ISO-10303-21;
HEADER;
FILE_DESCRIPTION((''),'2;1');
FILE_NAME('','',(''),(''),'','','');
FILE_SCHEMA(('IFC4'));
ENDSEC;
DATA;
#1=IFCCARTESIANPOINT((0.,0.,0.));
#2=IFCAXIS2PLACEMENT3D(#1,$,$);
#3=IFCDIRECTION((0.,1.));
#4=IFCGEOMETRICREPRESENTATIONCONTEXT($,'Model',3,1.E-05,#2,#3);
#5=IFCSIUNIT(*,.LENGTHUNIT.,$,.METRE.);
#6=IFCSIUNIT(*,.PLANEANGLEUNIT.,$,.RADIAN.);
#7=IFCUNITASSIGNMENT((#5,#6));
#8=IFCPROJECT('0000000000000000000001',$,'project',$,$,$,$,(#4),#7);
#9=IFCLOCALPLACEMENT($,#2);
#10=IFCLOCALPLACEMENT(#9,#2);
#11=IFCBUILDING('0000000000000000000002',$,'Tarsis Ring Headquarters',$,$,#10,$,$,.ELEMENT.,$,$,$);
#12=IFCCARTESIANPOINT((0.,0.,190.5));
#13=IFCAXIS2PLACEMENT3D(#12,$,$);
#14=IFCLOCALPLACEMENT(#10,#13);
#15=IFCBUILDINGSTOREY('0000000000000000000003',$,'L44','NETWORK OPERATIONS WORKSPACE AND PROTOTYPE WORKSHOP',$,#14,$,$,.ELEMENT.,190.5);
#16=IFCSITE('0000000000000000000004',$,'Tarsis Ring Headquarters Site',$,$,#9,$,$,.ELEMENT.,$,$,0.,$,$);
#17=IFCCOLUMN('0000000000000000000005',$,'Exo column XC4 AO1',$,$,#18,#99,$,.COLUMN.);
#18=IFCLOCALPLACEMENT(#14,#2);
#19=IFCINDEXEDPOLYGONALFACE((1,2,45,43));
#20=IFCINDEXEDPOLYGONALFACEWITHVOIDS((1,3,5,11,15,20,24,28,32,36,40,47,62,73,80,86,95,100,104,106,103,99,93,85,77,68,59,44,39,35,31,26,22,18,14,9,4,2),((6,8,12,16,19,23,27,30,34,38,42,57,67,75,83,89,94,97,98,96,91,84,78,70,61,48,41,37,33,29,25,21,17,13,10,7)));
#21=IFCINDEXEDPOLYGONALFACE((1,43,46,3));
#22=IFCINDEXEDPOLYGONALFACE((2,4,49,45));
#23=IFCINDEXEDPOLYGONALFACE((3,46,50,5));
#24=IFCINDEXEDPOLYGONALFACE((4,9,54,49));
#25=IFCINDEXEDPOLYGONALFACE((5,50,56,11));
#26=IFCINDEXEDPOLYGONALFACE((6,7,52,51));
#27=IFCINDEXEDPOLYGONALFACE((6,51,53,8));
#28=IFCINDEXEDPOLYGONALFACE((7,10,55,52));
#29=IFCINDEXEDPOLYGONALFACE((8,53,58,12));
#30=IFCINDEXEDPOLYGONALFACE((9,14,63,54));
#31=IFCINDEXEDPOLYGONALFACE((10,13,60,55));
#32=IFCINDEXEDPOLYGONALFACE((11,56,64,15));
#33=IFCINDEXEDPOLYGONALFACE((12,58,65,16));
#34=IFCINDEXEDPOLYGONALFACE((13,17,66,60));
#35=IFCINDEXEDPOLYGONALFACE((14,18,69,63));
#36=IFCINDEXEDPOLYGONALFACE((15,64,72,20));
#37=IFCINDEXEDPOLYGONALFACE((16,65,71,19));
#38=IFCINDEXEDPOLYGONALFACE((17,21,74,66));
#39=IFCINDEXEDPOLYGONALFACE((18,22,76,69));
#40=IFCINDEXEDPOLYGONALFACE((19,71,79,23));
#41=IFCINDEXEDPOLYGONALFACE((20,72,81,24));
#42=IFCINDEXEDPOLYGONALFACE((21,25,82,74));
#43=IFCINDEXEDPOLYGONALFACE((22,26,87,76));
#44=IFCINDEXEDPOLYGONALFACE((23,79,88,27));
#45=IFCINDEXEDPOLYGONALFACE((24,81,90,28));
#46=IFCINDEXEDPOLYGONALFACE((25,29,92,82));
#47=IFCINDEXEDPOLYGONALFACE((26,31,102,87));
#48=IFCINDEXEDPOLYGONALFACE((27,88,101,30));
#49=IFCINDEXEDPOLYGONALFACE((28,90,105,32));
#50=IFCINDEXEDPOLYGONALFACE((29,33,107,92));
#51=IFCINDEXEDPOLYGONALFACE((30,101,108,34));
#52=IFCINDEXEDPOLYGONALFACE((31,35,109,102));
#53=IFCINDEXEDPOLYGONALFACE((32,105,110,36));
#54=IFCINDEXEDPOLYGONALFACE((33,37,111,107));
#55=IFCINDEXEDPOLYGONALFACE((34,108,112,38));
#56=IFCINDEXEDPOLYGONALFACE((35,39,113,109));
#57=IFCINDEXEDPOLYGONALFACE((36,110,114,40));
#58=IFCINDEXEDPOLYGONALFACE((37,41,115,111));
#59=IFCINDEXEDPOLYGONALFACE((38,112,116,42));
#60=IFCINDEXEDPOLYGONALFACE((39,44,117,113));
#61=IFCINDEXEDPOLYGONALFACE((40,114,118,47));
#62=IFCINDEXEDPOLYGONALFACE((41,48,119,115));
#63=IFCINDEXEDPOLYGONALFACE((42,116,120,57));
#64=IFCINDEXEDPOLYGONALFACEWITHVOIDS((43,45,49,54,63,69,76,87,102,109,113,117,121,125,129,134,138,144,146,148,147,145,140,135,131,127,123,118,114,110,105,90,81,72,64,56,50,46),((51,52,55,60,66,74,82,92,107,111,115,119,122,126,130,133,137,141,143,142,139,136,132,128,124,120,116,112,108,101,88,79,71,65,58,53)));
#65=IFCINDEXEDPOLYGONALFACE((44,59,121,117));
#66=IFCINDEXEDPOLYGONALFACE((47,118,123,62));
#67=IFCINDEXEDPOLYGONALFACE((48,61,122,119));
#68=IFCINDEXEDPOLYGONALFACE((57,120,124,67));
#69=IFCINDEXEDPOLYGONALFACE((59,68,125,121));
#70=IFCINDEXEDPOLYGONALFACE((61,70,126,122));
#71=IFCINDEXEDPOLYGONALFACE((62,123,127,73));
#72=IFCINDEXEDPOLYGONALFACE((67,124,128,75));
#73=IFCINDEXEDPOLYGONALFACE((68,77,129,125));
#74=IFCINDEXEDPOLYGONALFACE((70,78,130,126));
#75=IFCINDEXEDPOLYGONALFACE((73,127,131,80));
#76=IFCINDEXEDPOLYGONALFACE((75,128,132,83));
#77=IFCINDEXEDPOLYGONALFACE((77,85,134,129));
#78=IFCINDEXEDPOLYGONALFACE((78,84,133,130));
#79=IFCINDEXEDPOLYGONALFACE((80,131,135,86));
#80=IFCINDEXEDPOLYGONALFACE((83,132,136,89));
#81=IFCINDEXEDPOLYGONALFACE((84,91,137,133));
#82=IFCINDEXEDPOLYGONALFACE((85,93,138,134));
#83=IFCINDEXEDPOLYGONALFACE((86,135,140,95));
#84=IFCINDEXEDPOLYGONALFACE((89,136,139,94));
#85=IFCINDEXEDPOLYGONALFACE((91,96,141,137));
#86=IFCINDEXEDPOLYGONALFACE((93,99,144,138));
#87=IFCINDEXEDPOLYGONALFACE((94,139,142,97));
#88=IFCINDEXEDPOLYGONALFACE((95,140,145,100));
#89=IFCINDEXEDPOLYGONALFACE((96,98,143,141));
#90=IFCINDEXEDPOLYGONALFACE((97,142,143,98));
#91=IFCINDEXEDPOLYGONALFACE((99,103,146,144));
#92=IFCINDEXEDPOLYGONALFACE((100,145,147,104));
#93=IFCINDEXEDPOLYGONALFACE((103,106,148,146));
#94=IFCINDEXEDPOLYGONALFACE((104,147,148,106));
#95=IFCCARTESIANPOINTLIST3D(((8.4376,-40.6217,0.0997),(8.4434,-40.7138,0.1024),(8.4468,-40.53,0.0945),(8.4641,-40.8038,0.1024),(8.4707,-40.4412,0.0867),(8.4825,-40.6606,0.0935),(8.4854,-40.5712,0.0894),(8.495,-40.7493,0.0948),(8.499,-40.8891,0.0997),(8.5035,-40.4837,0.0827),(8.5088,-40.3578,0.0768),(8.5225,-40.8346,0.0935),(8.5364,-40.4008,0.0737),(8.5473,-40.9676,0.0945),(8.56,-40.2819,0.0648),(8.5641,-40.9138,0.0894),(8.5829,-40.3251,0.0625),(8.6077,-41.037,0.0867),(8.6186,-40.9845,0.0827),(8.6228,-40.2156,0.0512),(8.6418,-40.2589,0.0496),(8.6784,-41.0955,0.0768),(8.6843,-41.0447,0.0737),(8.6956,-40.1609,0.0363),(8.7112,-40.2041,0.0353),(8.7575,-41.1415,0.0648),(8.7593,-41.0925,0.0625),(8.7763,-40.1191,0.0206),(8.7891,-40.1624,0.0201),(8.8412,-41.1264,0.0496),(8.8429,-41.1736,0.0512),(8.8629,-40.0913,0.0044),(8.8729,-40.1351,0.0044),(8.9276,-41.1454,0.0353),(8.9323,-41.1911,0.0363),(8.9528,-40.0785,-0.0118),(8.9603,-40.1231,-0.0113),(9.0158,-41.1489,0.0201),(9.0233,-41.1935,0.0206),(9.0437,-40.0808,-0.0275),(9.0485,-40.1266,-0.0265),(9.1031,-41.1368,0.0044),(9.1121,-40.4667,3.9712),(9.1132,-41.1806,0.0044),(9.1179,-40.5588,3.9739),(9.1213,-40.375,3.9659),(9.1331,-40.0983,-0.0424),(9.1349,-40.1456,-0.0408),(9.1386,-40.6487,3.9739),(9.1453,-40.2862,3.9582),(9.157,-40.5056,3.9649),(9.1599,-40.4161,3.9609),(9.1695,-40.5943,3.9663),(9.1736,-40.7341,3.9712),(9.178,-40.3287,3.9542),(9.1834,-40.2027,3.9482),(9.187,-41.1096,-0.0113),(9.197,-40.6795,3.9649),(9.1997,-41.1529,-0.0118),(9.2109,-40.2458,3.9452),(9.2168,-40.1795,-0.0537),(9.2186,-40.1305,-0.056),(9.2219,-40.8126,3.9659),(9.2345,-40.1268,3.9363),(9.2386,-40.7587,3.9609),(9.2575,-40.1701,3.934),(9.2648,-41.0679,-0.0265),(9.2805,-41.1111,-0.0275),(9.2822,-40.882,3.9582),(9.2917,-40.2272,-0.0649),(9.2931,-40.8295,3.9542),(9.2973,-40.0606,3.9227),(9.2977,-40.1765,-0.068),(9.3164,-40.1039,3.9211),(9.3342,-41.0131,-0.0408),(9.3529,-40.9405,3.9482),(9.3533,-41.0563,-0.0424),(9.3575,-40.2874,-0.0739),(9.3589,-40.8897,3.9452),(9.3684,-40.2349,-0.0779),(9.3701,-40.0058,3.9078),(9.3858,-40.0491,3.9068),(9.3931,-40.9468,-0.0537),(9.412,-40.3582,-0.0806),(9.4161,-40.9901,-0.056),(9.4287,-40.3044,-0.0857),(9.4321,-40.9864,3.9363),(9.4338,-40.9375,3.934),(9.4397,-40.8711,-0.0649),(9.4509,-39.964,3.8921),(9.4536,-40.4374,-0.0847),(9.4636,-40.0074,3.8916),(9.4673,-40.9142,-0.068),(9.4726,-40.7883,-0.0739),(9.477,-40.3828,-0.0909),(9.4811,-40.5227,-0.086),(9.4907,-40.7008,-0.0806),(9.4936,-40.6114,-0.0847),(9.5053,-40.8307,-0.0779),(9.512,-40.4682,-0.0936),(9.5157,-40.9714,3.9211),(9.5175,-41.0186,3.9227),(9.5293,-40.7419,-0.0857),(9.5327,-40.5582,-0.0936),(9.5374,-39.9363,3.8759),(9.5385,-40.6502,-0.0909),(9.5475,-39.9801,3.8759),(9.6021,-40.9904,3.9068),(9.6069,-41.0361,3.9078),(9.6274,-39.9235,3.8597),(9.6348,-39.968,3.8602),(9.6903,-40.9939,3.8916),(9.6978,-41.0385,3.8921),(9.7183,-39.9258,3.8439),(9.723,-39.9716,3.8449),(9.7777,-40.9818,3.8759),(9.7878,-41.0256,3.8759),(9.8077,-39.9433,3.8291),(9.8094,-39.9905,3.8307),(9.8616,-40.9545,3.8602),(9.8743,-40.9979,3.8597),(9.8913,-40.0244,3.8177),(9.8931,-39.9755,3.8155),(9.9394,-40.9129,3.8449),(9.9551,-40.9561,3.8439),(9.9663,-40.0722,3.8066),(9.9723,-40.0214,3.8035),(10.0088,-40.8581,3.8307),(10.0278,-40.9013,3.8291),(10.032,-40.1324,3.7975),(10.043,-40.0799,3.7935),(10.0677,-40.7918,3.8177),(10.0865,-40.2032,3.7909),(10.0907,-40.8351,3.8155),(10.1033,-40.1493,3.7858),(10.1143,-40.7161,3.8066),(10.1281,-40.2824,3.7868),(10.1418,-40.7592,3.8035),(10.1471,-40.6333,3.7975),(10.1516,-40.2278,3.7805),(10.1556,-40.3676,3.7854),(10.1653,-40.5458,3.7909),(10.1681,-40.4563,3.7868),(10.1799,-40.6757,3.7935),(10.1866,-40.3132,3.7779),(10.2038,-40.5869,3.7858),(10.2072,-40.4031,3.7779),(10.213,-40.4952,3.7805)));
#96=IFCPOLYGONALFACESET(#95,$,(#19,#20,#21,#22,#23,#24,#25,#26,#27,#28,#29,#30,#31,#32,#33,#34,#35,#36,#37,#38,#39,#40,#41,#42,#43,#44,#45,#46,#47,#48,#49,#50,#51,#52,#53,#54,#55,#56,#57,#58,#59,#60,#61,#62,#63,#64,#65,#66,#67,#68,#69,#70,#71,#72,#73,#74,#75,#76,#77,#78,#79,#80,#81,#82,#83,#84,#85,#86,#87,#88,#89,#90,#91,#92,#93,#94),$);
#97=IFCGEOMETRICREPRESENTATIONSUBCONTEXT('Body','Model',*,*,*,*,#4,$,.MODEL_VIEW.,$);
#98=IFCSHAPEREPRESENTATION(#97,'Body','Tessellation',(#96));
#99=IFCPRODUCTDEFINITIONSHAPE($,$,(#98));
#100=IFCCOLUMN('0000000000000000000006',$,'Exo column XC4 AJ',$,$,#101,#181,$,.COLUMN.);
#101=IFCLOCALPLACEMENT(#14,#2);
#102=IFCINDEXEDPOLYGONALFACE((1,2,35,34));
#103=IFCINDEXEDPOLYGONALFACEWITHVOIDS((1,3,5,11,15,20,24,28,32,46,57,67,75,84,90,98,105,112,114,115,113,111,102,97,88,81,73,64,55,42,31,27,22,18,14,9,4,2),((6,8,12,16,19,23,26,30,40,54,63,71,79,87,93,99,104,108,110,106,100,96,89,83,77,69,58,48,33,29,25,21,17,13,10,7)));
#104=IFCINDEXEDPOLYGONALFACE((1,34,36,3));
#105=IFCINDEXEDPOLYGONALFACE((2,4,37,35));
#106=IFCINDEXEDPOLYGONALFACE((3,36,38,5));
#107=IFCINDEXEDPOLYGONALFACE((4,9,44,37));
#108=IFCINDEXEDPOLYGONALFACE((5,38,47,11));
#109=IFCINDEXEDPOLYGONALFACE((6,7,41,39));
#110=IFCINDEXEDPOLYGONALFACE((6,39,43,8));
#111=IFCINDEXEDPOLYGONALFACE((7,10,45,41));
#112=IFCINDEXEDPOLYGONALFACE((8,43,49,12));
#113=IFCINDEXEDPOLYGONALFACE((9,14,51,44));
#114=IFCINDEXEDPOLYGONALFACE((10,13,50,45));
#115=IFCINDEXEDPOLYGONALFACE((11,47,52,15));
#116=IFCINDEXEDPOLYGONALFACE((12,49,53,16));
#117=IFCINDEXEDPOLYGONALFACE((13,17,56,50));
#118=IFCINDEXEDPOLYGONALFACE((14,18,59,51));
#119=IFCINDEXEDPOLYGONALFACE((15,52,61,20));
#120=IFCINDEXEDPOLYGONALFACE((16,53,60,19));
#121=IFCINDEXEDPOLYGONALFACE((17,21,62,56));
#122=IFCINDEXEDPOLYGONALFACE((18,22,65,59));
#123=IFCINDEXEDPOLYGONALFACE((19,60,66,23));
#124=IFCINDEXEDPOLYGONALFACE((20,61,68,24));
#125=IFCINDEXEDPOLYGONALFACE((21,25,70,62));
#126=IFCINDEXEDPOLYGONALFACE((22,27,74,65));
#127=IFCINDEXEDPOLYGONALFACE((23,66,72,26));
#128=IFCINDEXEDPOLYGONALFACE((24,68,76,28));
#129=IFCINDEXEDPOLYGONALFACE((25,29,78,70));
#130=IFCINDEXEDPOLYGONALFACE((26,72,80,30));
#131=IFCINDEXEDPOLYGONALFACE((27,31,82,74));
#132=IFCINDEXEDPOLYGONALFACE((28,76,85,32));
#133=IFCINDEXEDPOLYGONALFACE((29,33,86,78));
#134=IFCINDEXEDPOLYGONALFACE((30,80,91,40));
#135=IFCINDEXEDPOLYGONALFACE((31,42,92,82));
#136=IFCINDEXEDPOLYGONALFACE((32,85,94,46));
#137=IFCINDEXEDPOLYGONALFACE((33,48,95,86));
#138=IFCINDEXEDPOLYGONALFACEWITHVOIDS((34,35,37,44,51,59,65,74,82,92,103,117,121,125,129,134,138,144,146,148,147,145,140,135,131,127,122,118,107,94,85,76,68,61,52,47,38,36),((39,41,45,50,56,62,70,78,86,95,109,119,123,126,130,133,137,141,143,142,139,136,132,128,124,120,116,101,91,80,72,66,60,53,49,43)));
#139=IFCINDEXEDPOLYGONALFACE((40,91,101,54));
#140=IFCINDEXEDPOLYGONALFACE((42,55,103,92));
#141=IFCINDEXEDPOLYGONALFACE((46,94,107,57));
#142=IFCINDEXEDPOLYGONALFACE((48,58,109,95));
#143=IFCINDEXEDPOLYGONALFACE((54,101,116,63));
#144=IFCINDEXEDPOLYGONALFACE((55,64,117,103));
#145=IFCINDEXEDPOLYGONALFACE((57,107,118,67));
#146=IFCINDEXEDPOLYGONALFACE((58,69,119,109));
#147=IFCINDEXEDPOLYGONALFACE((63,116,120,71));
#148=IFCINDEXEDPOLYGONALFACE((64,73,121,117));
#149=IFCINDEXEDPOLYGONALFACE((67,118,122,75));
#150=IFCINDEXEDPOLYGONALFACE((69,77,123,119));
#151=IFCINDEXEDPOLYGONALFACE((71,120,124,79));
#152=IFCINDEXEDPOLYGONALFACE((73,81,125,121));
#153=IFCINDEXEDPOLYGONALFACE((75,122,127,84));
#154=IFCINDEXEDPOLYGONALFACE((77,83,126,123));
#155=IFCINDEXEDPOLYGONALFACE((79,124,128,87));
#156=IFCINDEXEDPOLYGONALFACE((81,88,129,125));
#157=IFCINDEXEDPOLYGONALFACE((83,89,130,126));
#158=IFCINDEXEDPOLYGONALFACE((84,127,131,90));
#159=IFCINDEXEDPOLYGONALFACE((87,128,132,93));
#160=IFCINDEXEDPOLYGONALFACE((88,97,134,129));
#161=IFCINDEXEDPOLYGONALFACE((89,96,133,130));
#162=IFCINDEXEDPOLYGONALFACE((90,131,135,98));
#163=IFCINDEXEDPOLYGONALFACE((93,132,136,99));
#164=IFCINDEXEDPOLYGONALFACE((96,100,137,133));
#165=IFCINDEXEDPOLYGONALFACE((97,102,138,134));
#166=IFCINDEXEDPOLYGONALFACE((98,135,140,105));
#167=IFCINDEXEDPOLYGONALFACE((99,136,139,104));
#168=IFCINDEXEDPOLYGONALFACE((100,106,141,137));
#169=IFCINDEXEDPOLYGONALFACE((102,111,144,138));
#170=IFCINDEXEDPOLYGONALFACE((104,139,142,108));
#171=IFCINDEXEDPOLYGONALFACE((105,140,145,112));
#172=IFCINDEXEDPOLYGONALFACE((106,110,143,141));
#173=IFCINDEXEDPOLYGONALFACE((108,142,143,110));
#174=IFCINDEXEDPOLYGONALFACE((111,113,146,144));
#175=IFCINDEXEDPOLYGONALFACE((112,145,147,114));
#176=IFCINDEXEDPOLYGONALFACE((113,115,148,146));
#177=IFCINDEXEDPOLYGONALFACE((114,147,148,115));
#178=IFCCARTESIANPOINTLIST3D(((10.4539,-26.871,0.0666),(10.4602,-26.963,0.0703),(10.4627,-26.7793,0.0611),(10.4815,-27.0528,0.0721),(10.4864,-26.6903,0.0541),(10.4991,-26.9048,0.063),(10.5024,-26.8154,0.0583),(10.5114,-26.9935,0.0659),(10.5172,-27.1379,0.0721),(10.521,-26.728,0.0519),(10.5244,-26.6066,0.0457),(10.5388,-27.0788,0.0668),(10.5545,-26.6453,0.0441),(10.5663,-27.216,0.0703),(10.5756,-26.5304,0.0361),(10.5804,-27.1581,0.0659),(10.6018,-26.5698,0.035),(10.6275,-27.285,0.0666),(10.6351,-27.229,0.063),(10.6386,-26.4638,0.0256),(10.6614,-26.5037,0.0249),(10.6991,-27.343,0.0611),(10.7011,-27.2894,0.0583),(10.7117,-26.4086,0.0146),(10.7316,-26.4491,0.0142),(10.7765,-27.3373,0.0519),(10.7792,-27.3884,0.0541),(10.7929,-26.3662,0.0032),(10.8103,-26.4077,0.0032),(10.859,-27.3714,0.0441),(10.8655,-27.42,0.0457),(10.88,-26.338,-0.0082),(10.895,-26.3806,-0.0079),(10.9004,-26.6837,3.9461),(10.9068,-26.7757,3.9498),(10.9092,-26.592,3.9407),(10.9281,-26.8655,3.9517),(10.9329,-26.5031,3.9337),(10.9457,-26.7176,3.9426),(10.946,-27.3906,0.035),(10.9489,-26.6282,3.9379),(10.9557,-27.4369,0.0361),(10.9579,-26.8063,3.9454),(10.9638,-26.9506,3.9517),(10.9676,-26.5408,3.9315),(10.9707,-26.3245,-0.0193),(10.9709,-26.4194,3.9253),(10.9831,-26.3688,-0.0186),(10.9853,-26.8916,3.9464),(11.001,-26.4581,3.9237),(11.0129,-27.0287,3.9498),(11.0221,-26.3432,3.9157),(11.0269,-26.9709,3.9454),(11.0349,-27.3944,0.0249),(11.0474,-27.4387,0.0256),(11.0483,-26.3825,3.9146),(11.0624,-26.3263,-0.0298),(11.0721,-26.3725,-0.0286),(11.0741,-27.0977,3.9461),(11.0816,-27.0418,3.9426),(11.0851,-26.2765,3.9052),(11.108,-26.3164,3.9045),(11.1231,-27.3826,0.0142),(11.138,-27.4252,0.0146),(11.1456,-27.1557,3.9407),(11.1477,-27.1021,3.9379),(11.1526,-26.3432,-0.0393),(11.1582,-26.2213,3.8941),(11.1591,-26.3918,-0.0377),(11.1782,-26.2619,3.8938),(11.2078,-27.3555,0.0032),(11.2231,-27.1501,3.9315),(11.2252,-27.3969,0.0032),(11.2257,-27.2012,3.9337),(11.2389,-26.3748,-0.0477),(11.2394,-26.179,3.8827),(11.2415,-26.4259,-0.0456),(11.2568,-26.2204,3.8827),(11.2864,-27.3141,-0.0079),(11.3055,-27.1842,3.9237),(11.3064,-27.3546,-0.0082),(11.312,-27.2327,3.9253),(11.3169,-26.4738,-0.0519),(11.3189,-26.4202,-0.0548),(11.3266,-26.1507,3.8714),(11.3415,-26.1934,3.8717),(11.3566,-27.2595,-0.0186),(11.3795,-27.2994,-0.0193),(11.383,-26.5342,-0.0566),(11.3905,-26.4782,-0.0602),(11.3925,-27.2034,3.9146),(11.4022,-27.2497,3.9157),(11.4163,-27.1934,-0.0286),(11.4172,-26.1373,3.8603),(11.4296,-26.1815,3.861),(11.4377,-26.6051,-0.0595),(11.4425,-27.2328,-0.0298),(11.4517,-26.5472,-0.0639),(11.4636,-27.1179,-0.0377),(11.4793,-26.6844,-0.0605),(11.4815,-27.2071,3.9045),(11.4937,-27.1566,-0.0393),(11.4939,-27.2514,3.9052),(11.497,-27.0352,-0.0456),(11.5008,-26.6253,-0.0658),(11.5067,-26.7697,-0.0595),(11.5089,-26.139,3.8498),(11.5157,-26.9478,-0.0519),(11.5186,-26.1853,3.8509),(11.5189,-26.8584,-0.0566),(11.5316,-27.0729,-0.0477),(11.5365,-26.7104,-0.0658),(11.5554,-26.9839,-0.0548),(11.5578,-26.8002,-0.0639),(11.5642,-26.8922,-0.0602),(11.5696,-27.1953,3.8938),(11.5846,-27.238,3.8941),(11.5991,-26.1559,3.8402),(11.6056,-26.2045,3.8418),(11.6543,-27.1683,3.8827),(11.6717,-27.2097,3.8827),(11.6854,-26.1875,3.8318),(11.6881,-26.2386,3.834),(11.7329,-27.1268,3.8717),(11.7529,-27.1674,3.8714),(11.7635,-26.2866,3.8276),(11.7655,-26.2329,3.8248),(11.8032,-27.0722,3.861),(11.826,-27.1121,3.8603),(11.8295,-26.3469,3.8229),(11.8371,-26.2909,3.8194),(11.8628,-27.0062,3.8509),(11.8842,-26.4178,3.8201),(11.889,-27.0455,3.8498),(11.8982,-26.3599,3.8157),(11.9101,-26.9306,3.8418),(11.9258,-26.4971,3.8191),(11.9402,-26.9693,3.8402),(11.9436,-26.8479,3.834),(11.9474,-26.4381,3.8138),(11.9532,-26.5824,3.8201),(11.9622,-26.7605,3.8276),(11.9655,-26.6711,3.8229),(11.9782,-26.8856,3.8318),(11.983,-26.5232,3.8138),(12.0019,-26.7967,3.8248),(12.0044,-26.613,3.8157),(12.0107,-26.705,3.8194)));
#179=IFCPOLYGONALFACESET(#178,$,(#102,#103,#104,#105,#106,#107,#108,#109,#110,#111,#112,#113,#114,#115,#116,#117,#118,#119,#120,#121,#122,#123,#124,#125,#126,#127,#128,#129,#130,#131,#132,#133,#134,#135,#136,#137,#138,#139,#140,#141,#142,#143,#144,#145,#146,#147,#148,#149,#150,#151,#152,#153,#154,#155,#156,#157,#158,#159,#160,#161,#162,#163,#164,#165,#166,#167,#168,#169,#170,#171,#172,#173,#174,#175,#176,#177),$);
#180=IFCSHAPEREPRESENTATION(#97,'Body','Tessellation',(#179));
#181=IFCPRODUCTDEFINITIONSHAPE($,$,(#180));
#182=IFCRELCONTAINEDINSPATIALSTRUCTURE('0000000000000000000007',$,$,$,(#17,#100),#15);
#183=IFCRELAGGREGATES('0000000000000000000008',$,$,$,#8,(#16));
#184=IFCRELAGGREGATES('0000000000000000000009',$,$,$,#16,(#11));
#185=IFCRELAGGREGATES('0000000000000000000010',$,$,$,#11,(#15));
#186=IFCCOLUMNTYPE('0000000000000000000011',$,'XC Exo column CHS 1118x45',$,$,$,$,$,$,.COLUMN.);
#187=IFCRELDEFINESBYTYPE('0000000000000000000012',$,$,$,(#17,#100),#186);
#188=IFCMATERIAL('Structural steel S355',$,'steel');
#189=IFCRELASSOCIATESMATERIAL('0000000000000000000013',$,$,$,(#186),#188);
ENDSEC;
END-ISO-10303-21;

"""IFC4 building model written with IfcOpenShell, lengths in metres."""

from ifc_helpers import new_model, si_unit, direction, frame, origin, origin_2d, place, context, subcontext, project, spatial, hollow_circle, extrude, material, material_profile, profile_set, type_object, element, save


model = new_model("IFC4")

# Units and contexts
model_context = context("Model", 3, precision=1e-05, world=origin(), true_north=direction((0.0, 1.0)))
body_context = subcontext(model_context, "Body", "Model", "MODEL_VIEW")
ifc_project = project(units=[si_unit("LENGTHUNIT", "METRE"), si_unit("PLANEANGLEUNIT", "RADIAN")], contexts=[model_context])

# Site, building, storey
site_placement = place(None, origin())
site = spatial("IfcSite", under=ifc_project, at=site_placement, Name="Tarsis Ring Headquarters Site", CompositionType="ELEMENT", RefElevation=0.0)
building_placement = place(site_placement, origin())
building = spatial("IfcBuilding", under=site, at=building_placement, Name="Tarsis Ring Headquarters", CompositionType="ELEMENT")
storey_placement = place(building_placement, frame((0.0, 0.0, 190.5)))
storey = spatial("IfcBuildingStorey", under=building, at=storey_placement, Name="L44", Description="NETWORK OPERATIONS WORKSPACE AND PROTOTYPE WORKSHOP", CompositionType="ELEMENT", Elevation=190.5)

# Columns
ifc_material_1 = material(Name="Structural steel S355", Category="steel")
ifc_material_profile_1 = material_profile(ifc_material_1, hollow_circle(Radius=0.5588, WallThickness=0.0449, at=origin_2d()), Name="CHS 1118x45")
ifc_profile_set_1 = profile_set([ifc_material_profile_1], Name="Structural steel S355")
column_type = type_object("IfcColumnType", Name="XC Exo column CHS 1118x45", PredefinedType="COLUMN", material=ifc_profile_set_1)
column_placement = place(storey_placement, frame((8.988, -40.636, 0.0044), z_axis=(0.171515, 0.039418, 0.984393), x_axis=(-0.223984, 0.974593, 0.0)))
element("IfcColumn", 1, at=column_placement, inside=storey, type_object=column_type, Name="Exo column XC4 AO1", PredefinedType="COLUMN", context=body_context, shape_type="SweptSolid", body=[
    extrude(hollow_circle(Radius=0.5588, WallThickness=0.0449, at=origin_2d()), origin(), (0.0, 0.0, 1.0), 3.9329),
])
for number, where, z_axis, x_axis, name in (
    (2, (11.009, -26.8816, 0.0032), (0.114211, 0.047895, 0.992301), (-0.386727, 0.922194, 0.0), "Exo column XC4 AJ"),
):
    element("IfcColumn", number, at=place(storey_placement, frame(where, z_axis=z_axis, x_axis=x_axis)), inside=storey, type_object=column_type, Name=name, PredefinedType="COLUMN", context=body_context, shape_type="SweptSolid", body=[
        extrude(hollow_circle(Radius=0.5588, WallThickness=0.0449, at=origin_2d()), origin(), (0.0, 0.0, 1.0), 3.9097),
    ])

save(model, "model.ifc")
